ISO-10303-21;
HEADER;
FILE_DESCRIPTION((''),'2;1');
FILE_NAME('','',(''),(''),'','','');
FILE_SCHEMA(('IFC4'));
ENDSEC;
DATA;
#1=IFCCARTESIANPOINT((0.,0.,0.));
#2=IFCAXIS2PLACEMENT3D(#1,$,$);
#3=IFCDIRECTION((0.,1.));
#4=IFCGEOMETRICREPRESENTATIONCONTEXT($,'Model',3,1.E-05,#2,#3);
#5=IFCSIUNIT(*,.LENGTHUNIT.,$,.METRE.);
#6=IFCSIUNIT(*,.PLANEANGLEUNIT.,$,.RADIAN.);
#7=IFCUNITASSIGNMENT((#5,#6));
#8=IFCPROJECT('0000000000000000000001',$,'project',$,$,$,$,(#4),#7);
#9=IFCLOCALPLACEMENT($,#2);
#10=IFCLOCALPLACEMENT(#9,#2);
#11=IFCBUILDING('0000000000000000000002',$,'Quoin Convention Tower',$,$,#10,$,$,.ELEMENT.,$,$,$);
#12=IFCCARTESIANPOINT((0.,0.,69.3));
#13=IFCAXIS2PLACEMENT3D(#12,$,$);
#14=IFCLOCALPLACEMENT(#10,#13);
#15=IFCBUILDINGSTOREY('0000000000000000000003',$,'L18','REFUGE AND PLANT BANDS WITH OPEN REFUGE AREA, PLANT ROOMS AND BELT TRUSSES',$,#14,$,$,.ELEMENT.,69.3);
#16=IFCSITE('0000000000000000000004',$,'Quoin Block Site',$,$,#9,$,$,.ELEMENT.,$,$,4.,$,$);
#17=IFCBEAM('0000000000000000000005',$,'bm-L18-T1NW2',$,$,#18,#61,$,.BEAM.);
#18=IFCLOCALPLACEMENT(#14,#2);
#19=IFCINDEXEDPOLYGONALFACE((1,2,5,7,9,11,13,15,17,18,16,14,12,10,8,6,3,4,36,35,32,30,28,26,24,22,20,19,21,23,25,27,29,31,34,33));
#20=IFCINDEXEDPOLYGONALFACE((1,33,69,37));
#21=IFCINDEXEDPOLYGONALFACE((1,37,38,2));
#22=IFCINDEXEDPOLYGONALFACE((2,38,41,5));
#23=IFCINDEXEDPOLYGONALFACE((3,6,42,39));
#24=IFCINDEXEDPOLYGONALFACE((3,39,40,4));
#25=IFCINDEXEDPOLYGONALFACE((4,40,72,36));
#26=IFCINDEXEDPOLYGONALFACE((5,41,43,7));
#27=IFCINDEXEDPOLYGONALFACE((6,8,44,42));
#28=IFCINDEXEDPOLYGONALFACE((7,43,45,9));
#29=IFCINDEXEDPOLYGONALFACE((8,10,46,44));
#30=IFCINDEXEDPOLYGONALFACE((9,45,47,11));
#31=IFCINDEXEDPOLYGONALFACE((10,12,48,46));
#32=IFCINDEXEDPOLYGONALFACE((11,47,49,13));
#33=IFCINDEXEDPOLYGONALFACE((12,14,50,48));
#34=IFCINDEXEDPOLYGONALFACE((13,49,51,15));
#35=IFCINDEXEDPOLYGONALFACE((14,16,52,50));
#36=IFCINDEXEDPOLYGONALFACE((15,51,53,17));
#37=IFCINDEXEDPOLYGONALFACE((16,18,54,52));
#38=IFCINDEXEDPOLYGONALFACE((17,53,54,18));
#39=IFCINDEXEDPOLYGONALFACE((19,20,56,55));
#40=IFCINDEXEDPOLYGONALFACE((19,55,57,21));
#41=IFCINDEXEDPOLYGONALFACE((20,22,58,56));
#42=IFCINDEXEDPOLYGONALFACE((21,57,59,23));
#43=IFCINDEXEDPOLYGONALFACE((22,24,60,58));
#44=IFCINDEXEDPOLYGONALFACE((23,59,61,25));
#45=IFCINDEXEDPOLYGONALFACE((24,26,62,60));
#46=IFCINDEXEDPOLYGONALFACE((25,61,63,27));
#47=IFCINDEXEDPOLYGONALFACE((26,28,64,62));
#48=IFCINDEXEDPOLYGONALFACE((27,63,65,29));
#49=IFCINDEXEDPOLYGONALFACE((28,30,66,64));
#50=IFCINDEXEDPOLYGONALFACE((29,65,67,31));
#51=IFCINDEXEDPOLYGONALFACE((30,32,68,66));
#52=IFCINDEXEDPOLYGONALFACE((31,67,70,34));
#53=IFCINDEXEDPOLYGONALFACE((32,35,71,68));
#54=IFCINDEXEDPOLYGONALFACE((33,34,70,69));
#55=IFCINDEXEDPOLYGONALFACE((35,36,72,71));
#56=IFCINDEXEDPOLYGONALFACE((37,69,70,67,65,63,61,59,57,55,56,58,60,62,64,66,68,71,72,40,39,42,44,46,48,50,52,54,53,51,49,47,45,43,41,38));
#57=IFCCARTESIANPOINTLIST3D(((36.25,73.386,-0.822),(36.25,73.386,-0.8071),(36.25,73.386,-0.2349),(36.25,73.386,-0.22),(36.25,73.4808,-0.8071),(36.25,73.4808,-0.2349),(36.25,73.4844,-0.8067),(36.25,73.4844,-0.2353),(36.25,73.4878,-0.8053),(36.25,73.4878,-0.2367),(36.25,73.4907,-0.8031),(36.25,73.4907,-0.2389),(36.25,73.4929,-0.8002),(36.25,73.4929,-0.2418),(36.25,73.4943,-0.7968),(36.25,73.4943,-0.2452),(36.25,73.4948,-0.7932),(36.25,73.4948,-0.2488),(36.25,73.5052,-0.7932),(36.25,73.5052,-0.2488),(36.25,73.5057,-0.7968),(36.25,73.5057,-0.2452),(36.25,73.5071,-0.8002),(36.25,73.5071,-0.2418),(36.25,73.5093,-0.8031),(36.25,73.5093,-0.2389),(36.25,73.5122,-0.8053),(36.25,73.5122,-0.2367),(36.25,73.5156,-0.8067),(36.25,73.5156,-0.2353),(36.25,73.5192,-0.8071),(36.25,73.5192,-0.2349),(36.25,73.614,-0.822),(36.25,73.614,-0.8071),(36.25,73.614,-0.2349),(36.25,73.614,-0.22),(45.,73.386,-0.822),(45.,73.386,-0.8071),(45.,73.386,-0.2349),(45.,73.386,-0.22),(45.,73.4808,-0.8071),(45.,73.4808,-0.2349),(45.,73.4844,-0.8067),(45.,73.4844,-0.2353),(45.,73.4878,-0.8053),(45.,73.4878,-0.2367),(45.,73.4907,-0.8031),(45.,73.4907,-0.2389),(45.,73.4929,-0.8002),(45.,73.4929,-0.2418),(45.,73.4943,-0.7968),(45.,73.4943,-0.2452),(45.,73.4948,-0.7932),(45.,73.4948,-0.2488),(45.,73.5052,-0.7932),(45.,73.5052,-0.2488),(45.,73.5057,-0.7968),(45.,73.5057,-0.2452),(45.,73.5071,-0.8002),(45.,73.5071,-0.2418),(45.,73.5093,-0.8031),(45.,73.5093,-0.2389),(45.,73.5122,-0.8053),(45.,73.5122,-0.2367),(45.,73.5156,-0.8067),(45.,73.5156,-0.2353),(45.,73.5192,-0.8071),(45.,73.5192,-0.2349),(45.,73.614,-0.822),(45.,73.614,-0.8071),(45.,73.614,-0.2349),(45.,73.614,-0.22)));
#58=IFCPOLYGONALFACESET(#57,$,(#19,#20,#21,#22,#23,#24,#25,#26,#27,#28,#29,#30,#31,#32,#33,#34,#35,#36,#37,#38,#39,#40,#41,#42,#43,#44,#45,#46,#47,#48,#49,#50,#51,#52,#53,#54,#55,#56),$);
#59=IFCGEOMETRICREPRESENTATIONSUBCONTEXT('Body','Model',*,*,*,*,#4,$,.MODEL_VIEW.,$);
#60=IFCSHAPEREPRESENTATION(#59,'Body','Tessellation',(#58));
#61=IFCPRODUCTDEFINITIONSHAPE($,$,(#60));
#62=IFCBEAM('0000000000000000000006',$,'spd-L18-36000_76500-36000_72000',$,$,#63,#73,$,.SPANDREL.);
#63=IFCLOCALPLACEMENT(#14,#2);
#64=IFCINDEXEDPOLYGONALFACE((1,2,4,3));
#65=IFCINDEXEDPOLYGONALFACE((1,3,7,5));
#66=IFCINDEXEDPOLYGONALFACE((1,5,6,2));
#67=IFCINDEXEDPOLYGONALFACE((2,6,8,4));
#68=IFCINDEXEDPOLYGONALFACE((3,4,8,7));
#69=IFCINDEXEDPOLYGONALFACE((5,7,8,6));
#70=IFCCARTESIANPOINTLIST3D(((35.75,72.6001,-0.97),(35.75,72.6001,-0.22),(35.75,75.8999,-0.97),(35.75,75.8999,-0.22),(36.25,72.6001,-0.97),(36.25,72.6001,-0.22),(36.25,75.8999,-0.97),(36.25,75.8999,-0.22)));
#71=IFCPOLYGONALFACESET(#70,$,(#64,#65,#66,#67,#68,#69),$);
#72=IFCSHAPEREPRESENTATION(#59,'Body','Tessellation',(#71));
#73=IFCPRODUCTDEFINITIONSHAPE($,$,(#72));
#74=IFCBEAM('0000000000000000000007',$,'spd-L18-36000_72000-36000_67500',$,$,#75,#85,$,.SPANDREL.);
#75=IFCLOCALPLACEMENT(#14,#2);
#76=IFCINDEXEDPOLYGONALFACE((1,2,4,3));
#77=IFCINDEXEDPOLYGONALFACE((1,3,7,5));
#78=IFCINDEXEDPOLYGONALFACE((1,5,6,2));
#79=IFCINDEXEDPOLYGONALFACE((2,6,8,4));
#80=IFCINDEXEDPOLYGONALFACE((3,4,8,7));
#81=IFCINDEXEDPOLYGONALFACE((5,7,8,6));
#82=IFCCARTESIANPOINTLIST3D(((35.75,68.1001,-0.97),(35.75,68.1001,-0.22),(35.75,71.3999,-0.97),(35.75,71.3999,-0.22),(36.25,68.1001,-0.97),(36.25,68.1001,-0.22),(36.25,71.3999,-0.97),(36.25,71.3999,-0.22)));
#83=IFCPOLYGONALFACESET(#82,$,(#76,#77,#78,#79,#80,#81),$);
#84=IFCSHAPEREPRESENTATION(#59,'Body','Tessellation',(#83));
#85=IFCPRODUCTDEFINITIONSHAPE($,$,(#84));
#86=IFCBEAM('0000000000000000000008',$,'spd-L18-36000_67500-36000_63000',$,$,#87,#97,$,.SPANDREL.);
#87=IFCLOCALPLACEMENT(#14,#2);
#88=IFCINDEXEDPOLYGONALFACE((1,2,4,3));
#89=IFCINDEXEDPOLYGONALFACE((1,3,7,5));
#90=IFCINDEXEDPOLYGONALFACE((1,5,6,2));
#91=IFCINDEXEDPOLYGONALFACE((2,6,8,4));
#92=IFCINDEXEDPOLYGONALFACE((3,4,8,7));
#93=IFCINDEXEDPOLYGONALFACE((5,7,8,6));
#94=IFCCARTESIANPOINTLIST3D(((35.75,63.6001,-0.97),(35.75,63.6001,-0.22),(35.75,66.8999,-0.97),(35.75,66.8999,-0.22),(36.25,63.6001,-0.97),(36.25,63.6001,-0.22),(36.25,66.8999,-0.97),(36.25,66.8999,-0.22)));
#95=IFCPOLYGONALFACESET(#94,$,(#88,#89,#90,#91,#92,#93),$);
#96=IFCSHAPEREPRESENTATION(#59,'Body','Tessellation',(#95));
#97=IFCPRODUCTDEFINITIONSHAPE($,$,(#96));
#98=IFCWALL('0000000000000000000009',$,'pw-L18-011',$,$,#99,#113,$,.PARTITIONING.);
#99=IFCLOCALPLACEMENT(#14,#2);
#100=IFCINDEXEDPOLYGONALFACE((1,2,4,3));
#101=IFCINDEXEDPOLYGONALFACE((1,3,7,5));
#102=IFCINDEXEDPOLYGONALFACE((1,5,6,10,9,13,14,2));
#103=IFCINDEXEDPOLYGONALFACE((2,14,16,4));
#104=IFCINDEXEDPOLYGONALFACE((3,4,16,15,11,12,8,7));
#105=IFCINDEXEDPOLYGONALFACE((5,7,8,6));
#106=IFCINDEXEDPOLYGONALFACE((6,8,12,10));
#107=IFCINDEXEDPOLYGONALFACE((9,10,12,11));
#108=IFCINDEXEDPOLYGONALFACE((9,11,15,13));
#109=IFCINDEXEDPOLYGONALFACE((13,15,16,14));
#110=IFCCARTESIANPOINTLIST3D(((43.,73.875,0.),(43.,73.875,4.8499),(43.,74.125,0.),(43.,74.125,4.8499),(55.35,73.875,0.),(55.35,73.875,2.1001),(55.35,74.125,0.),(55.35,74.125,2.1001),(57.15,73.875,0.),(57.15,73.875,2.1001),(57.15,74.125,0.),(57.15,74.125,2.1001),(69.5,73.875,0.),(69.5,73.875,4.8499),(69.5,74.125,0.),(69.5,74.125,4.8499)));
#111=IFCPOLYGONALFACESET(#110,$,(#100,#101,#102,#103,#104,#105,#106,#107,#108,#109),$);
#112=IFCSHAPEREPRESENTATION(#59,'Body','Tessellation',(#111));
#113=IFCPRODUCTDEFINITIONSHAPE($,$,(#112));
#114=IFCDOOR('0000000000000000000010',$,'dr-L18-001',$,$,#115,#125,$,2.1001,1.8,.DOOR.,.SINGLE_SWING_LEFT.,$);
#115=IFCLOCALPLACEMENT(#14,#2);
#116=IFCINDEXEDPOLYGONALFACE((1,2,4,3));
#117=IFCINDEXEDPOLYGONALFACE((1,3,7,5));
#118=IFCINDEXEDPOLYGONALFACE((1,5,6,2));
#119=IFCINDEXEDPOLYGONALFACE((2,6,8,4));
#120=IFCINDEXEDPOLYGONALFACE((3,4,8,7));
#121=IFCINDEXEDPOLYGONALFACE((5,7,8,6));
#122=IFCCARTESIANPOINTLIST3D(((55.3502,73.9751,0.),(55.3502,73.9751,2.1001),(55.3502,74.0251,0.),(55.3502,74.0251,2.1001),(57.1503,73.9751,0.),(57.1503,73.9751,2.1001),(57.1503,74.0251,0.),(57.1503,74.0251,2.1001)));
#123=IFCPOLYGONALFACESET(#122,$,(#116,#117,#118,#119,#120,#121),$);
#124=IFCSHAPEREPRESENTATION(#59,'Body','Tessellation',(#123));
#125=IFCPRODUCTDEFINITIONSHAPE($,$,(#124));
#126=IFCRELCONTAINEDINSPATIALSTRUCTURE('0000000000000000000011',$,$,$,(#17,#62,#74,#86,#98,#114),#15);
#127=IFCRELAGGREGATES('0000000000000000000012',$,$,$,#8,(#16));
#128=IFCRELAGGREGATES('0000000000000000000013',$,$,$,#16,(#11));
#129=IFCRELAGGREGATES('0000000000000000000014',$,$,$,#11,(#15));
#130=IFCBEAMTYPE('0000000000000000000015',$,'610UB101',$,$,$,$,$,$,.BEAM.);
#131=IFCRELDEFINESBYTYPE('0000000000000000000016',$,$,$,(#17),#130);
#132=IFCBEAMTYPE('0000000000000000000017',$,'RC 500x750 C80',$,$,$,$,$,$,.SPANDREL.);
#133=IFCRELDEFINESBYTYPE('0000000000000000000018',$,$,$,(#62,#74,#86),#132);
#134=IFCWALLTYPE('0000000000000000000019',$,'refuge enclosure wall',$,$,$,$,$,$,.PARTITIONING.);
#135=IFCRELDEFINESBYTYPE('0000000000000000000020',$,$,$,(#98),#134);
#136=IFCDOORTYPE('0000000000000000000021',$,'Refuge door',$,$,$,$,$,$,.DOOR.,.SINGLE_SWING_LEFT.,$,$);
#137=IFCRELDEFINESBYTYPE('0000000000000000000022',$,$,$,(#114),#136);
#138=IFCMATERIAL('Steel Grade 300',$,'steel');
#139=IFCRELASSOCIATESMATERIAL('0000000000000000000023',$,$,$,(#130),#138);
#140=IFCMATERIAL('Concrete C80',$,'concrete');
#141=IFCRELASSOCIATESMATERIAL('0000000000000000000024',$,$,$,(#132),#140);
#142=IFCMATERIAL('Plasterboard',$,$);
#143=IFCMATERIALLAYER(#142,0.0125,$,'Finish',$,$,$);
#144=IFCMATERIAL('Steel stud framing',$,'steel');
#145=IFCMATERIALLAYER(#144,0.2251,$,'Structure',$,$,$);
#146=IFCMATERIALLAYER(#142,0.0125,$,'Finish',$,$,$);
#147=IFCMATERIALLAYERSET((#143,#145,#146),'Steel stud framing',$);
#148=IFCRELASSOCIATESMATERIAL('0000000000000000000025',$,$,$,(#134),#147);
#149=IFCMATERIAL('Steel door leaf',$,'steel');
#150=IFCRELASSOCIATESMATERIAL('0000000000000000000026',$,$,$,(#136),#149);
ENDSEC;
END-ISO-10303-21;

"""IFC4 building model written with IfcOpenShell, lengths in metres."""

from ifc_helpers import new_model, si_unit, direction, frame, frame_2d, origin, origin_2d, place, context, subcontext, project, spatial, rectangle, i_section, extrude, material, layer, layer_set, material_profile, profile_set, type_object, element, fill, save


model = new_model("IFC4")

# Units and contexts
model_context = context("Model", 3, precision=1e-05, world=origin(), true_north=direction((0.0, 1.0)))
body_context = subcontext(model_context, "Body", "Model", "MODEL_VIEW")
ifc_project = project(units=[si_unit("LENGTHUNIT", "METRE"), si_unit("PLANEANGLEUNIT", "RADIAN")], contexts=[model_context])

# Site, building, storey
site_placement = place(None, origin())
site = spatial("IfcSite", under=ifc_project, at=site_placement, Name="Quoin Block Site", CompositionType="ELEMENT", RefElevation=4.0)
building_placement = place(site_placement, origin())
building = spatial("IfcBuilding", under=site, at=building_placement, Name="Quoin Convention Tower", CompositionType="ELEMENT")
storey_placement = place(building_placement, frame((0.0, 0.0, 69.3)))
storey = spatial("IfcBuildingStorey", under=building, at=storey_placement, Name="L18", Description="REFUGE AND PLANT BANDS WITH OPEN REFUGE AREA, PLANT ROOMS AND BELT TRUSSES", CompositionType="ELEMENT", Elevation=69.3)

# Shared definitions
ifc_material_1 = material(Name="Concrete C80", Category="concrete")

# Shared definitions
ifc_material_2 = material(Name="Steel Grade 300", Category="steel")

# Beams
ifc_material_profile_1 = material_profile(ifc_material_2, i_section(OverallWidth=0.228, OverallDepth=0.6021, WebThickness=0.0105, FlangeThickness=0.0149, FilletRadius=0.0139, at=origin_2d()), Name="610UB101")
ifc_profile_set_1 = profile_set([ifc_material_profile_1], Name="Steel Grade 300")
beam_type_1 = type_object("IfcBeamType", Name="610UB101", PredefinedType="BEAM", material=ifc_profile_set_1)
for number, where, z_axis, x_axis, name in (
    (1, (36.25, 73.5, -0.521), (1.0, 0.0, 0.0), (0.0, 1.0, 0.0), "bm-L18-T1NW2"),
):
    element("IfcBeam", number, at=place(storey_placement, frame(where, z_axis=z_axis, x_axis=x_axis)), inside=storey, type_object=beam_type_1, Name=name, PredefinedType="BEAM", context=body_context, shape_type="SweptSolid", body=[
        extrude(i_section(OverallWidth=0.228, OverallDepth=0.6021, WebThickness=0.0105, FlangeThickness=0.0149, FilletRadius=0.0139, at=origin_2d()), origin(), (0.0, 0.0, 1.0), 8.75),
    ])
ifc_material_profile_2 = material_profile(ifc_material_1, rectangle(XDim=0.5, YDim=0.75, at=origin_2d()), Name="RC 500x750")
ifc_profile_set_2 = profile_set([ifc_material_profile_2], Name="Concrete C80")
beam_type_2 = type_object("IfcBeamType", Name="RC 500x750 C80", PredefinedType="SPANDREL", material=ifc_profile_set_2)
for number, where, z_axis, x_axis, name in (
    (2, (36.0, 75.8999, -0.595), (0.0, -1.0, 0.0), (1.0, 0.0, 0.0), "spd-L18-36000_76500-36000_72000"),
    (3, (36.0, 71.3999, -0.595), (0.0, -1.0, 0.0), (1.0, 0.0, 0.0), "spd-L18-36000_72000-36000_67500"),
    (4, (36.0, 66.8999, -0.595), (0.0, -1.0, 0.0), (1.0, 0.0, 0.0), "spd-L18-36000_67500-36000_63000"),
):
    element("IfcBeam", number, at=place(storey_placement, frame(where, z_axis=z_axis, x_axis=x_axis)), inside=storey, type_object=beam_type_2, Name=name, PredefinedType="SPANDREL", context=body_context, shape_type="SweptSolid", body=[
        extrude(rectangle(XDim=0.5, YDim=0.75, at=origin_2d()), origin(), (0.0, 0.0, 1.0), 3.2998),
    ])

# Wall, opening, door
ifc_material_3 = material(Name="Plasterboard")
ifc_layer_1 = layer(ifc_material_3, 0.0125, Name="Finish")
ifc_material_4 = material(Name="Steel stud framing", Category="steel")
ifc_layer_2 = layer(ifc_material_4, 0.2251, Name="Structure")
ifc_layer_3 = layer(ifc_material_3, 0.0125, Name="Finish")
ifc_layer_set = layer_set([ifc_layer_1, ifc_layer_2, ifc_layer_3], Name="Steel stud framing")
wall_type = type_object("IfcWallType", Name="refuge enclosure wall", PredefinedType="PARTITIONING", material=ifc_layer_set)
wall_placement = place(storey_placement, frame((43.0, 74.0, 0.0), z_axis=(0.0, 0.0, 1.0), x_axis=(1.0, 0.0, 0.0)))
wall = element("IfcWall", 5, at=wall_placement, inside=storey, type_object=wall_type, Name="pw-L18-011", PredefinedType="PARTITIONING", context=body_context, shape_type="SweptSolid", body=[
    extrude(rectangle(XDim=26.5, YDim=0.25, at=frame_2d((13.25, 0.0))), origin(), (0.0, 0.0, 1.0), 4.8499),
])
opening_placement = place(wall_placement, frame((12.3501, 0.0, 0.0)))
opening = element("IfcOpeningElement", 6, at=opening_placement, cuts=wall, PredefinedType="OPENING", context=body_context, shape_type="SweptSolid", body=[
    extrude(rectangle(XDim=1.8, YDim=2.1001, at=frame_2d((0.8999, 1.05))), frame((0.0, 0.135, 0.0), z_axis=(0.0, -1.0, 0.0), x_axis=(1.0, 0.0, 0.0)), (0.0, 0.0, 1.0), 0.27),
])
ifc_material_5 = material(Name="Steel door leaf", Category="steel")
door_type = type_object("IfcDoorType", Name="Refuge door", OperationType="SINGLE_SWING_LEFT", PredefinedType="DOOR", material=ifc_material_5)
door_placement = place(opening_placement, frame((1.8, 0.0, 0.0), z_axis=(0.0, 0.0, 1.0), x_axis=(-1.0, 0.0, 0.0)))
door = element("IfcDoor", 7, at=door_placement, inside=storey, type_object=door_type, Name="dr-L18-001", OperationType="SINGLE_SWING_LEFT", OverallHeight=2.1001, OverallWidth=1.8, PredefinedType="DOOR", context=body_context, shape_type="SweptSolid", body=[
    extrude(rectangle(XDim=1.8, YDim=2.1001, at=frame_2d((0.8999, 1.05))), frame((0.0, 0.0249, 0.0), z_axis=(0.0, -1.0, 0.0), x_axis=(1.0, 0.0, 0.0)), (0.0, 0.0, 1.0), 0.05),
])
fill(opening, door)

save(model, "model.ifc")
